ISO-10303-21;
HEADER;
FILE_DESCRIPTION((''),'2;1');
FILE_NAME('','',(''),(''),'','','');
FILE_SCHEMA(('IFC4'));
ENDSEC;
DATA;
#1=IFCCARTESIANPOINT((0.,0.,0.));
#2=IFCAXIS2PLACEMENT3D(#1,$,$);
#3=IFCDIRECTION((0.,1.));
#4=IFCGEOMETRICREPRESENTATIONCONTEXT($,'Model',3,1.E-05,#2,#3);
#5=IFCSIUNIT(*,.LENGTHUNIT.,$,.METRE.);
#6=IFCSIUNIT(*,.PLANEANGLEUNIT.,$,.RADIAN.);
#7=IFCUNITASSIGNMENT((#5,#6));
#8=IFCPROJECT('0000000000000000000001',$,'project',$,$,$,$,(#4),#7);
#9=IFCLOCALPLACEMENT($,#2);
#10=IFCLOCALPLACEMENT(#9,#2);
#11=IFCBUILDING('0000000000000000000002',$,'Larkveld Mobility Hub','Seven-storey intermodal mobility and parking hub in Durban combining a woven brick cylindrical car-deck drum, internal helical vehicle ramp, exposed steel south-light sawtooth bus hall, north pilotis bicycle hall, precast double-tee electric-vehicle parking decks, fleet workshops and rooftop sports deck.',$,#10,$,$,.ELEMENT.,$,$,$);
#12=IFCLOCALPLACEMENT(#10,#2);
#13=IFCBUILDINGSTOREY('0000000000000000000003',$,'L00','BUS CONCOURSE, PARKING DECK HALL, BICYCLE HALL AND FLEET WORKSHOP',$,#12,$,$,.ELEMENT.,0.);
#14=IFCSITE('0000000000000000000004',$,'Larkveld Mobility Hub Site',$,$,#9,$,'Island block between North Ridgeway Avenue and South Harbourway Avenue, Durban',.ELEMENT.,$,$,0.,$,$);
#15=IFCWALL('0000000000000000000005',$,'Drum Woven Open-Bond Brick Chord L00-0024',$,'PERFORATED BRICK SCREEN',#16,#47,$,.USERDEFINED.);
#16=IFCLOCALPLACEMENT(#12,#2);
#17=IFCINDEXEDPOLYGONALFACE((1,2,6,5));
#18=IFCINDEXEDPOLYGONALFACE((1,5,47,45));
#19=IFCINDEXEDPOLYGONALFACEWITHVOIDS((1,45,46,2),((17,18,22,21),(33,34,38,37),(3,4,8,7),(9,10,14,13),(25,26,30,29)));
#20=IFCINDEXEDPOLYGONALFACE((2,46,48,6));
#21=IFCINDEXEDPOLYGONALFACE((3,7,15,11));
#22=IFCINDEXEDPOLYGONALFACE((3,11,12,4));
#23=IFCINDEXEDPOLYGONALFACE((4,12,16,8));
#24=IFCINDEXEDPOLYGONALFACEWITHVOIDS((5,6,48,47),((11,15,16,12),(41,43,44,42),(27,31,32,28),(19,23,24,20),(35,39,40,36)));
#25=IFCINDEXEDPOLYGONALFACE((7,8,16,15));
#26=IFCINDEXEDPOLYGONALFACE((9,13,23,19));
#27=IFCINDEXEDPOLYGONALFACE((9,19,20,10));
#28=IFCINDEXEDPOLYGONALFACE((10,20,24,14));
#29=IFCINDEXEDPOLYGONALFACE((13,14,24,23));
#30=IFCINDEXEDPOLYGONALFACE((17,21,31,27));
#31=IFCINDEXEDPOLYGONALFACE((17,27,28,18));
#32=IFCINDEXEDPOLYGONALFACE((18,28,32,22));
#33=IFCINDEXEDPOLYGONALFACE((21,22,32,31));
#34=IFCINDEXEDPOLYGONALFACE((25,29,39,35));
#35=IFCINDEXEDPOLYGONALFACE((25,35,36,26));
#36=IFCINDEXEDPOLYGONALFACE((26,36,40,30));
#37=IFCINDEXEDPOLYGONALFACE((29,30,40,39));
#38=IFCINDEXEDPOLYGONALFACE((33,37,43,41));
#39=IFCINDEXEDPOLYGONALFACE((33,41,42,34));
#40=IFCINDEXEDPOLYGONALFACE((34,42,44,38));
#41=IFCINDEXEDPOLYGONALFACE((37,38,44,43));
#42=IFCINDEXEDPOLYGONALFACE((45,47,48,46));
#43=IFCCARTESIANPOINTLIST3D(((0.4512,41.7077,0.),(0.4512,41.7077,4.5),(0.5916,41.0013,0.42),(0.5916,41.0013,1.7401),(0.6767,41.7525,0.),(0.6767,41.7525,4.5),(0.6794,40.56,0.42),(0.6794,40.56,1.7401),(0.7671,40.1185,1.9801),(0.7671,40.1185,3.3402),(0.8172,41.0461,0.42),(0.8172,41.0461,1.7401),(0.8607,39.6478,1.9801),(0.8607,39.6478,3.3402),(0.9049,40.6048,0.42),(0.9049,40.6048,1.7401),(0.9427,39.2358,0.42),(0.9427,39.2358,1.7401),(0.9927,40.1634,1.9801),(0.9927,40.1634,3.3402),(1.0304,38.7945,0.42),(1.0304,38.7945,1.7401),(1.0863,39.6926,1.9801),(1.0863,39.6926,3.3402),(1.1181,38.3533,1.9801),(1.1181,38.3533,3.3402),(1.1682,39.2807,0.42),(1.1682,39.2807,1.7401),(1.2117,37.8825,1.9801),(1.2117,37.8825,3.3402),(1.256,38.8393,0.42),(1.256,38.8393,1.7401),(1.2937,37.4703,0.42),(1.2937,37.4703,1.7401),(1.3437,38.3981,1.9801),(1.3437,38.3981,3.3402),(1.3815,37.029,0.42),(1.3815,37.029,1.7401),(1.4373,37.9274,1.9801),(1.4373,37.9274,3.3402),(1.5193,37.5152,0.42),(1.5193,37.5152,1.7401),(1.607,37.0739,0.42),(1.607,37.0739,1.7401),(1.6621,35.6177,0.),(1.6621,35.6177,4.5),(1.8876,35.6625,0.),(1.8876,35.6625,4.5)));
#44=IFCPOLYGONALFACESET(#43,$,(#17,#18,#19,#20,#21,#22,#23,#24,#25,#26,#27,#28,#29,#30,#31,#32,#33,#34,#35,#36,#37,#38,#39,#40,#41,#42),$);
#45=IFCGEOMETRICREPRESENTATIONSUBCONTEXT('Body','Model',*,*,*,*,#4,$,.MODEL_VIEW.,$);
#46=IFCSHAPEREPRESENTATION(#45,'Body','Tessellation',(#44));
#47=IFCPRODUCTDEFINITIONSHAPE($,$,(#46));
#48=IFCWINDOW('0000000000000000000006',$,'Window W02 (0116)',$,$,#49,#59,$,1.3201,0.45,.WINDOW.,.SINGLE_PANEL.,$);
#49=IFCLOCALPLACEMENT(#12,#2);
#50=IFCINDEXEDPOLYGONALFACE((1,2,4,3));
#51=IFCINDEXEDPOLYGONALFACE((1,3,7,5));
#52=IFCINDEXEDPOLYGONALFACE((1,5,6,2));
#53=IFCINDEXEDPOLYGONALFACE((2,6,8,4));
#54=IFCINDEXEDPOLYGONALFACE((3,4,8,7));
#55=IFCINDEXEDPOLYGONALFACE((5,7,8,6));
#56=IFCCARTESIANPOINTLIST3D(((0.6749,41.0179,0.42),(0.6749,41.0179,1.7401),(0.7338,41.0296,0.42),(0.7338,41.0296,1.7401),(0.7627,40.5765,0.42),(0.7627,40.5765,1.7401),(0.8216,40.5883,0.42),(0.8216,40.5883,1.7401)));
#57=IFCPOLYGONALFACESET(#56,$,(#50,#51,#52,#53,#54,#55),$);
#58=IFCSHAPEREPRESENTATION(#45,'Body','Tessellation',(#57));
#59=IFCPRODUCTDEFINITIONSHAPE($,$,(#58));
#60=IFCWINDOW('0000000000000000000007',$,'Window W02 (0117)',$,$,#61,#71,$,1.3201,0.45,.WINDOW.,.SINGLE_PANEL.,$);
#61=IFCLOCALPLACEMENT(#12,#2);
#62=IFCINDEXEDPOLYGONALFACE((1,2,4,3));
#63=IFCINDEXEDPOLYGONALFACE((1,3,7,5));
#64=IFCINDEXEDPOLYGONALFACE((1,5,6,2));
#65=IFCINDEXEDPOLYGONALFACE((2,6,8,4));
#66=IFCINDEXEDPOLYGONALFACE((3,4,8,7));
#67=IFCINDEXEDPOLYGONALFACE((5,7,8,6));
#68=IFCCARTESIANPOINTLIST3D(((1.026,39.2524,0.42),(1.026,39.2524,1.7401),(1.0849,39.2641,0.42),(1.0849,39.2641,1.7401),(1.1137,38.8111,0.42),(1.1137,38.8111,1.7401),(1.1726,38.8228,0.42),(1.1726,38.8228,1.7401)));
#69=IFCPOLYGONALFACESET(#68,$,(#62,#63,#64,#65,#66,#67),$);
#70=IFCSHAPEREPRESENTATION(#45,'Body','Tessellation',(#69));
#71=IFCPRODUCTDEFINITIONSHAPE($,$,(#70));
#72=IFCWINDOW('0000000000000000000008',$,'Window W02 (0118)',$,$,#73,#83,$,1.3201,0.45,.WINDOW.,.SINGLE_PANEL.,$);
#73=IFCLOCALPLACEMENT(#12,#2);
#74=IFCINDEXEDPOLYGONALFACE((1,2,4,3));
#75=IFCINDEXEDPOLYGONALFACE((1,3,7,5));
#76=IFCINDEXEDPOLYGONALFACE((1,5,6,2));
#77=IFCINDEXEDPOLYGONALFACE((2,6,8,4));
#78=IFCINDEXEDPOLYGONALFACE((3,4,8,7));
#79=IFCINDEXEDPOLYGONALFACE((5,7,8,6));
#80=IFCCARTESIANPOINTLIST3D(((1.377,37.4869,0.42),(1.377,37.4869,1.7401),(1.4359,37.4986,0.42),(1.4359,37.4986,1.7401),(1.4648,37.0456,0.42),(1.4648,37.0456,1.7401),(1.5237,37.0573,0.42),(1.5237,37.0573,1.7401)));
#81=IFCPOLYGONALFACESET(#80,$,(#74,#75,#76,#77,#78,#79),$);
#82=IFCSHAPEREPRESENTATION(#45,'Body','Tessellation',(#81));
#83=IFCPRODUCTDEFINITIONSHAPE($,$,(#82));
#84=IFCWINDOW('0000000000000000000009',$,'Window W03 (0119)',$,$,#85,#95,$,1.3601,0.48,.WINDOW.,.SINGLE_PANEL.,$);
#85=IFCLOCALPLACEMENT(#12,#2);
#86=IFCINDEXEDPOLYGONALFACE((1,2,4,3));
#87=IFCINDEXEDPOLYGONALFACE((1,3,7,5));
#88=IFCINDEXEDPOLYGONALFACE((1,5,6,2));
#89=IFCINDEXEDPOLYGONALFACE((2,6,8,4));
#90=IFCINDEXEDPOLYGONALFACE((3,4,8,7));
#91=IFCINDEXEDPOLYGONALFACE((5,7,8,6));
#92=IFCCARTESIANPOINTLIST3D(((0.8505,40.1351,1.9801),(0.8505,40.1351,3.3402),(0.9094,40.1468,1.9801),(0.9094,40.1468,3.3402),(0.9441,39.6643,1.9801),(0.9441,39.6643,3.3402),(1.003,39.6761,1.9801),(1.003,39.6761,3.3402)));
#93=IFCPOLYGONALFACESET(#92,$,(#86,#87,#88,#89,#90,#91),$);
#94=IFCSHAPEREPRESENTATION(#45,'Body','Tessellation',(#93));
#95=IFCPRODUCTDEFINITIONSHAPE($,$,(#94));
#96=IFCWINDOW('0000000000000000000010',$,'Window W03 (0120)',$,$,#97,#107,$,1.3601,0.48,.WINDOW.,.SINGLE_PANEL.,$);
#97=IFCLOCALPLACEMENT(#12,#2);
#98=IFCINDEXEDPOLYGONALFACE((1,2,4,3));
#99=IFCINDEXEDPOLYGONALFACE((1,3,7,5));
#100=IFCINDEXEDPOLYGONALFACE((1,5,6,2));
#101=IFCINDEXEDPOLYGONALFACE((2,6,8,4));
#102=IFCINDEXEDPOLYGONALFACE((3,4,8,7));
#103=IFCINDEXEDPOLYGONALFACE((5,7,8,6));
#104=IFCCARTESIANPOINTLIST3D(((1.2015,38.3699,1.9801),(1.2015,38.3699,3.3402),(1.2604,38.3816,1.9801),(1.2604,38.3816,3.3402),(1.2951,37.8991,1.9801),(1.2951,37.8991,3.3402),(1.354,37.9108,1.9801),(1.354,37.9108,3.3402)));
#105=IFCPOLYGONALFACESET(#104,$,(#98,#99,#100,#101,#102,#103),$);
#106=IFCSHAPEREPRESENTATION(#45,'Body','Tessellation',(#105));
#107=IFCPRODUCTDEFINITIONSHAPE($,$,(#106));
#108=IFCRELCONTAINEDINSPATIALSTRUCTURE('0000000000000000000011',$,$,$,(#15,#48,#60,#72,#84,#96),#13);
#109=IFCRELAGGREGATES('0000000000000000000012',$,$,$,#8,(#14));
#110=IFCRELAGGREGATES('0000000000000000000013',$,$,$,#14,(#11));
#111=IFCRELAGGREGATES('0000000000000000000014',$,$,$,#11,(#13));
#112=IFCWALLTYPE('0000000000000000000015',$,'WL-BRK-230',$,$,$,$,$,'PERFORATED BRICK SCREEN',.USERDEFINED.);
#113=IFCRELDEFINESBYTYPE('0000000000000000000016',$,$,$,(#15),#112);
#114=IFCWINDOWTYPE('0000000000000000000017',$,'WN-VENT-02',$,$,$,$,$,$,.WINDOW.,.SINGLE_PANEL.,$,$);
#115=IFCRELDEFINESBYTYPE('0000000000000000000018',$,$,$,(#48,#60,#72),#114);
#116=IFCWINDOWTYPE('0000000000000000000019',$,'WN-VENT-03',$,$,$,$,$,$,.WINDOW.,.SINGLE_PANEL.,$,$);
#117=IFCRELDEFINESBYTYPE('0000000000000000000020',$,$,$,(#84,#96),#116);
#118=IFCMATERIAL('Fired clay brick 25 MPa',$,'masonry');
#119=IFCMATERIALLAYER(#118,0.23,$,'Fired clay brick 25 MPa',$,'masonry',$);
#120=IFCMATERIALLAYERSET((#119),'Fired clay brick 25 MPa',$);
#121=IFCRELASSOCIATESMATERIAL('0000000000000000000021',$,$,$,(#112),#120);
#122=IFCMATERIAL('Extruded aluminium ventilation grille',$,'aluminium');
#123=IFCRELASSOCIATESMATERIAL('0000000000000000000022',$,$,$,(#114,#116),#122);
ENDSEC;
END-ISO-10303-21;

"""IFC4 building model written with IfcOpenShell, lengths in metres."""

from ifc_helpers import new_model, si_unit, direction, frame, frame_2d, origin, place, context, subcontext, project, spatial, rectangle, extrude, material, layer, layer_set, type_object, element, fill, save


model = new_model("IFC4")

# Units and contexts
model_context = context("Model", 3, precision=1e-05, world=origin(), true_north=direction((0.0, 1.0)))
body_context = subcontext(model_context, "Body", "Model", "MODEL_VIEW")
ifc_project = project(units=[si_unit("LENGTHUNIT", "METRE"), si_unit("PLANEANGLEUNIT", "RADIAN")], contexts=[model_context])

# Site, building, storey
site_placement = place(None, origin())
site = spatial("IfcSite", under=ifc_project, at=site_placement, Name="Larkveld Mobility Hub Site", LongName="Island block between North Ridgeway Avenue and South Harbourway Avenue, Durban", CompositionType="ELEMENT", RefElevation=0.0)
building_placement = place(site_placement, origin())
building = spatial("IfcBuilding", under=site, at=building_placement, Name="Larkveld Mobility Hub", Description="Seven-storey intermodal mobility and parking hub in Durban combining a woven brick cylindrical car-deck drum, internal helical vehicle ramp, exposed steel south-light sawtooth bus hall, north pilotis bicycle hall, precast double-tee electric-vehicle parking decks, fleet workshops and rooftop sports deck.", CompositionType="ELEMENT")
storey_placement = place(building_placement, origin())
storey = spatial("IfcBuildingStorey", under=building, at=storey_placement, Name="L00", Description="BUS CONCOURSE, PARKING DECK HALL, BICYCLE HALL AND FLEET WORKSHOP", CompositionType="ELEMENT", Elevation=0.0)

# Wall, openings, windows
ifc_material_1 = material(Name="Fired clay brick 25 MPa", Category="masonry")
ifc_layer_1 = layer(ifc_material_1, 0.23, Name="Fired clay brick 25 MPa", Category="masonry")
ifc_layer_set_1 = layer_set([ifc_layer_1], Name="Fired clay brick 25 MPa")
wall_type_1 = type_object("IfcWallType", Name="WL-BRK-230", ElementType="PERFORATED BRICK SCREEN", PredefinedType="USERDEFINED", material=ifc_layer_set_1)
wall_1_placement = place(storey_placement, frame((0.564, 41.73, 0.0), z_axis=(0.0, 0.0, 1.0), x_axis=(0.19502, -0.980799, 0.0)))
wall_1 = element("IfcWall", 1, at=wall_1_placement, inside=storey, type_object=wall_type_1, Name="Drum Woven Open-Bond Brick Chord L00-0024", ObjectType="PERFORATED BRICK SCREEN", PredefinedType="USERDEFINED", context=body_context, shape_type="SweptSolid", body=[
    extrude(rectangle(XDim=6.2092, YDim=0.23, at=frame_2d((3.1045, 0.0))), origin(), (0.0, 0.0, 1.0), 4.5),
])
opening_1_placement = place(wall_1_placement, frame((0.72, 0.0, 0.4199)))
opening_1 = element("IfcOpeningElement", 2, at=opening_1_placement, cuts=wall_1, PredefinedType="OPENING", context=body_context, shape_type="SweptSolid", body=[
    extrude(rectangle(XDim=0.45, YDim=1.3201, at=frame_2d((0.2251, 0.6602))), frame((0.0, 0.125, 0.0), z_axis=(0.0, -1.0, 0.0), x_axis=(1.0, 0.0, 0.0)), (0.0, 0.0, 1.0), 0.25),
])
opening_2_placement = place(wall_1_placement, frame((2.52, 0.0, 0.4199)))
opening_2 = element("IfcOpeningElement", 3, at=opening_2_placement, cuts=wall_1, PredefinedType="OPENING", context=body_context, shape_type="SweptSolid", body=[
    extrude(rectangle(XDim=0.45, YDim=1.3201, at=frame_2d((0.2251, 0.6602))), frame((0.0, 0.125, 0.0), z_axis=(0.0, -1.0, 0.0), x_axis=(1.0, 0.0, 0.0)), (0.0, 0.0, 1.0), 0.25),
])
opening_3_placement = place(wall_1_placement, frame((4.3201, 0.0, 0.4199)))
opening_3 = element("IfcOpeningElement", 4, at=opening_3_placement, cuts=wall_1, PredefinedType="OPENING", context=body_context, shape_type="SweptSolid", body=[
    extrude(rectangle(XDim=0.45, YDim=1.3201, at=frame_2d((0.2251, 0.6602))), frame((0.0, 0.125, 0.0), z_axis=(0.0, -1.0, 0.0), x_axis=(1.0, 0.0, 0.0)), (0.0, 0.0, 1.0), 0.25),
])
opening_4_placement = place(wall_1_placement, frame((1.6201, 0.0, 1.98)))
opening_4 = element("IfcOpeningElement", 5, at=opening_4_placement, cuts=wall_1, PredefinedType="OPENING", context=body_context, shape_type="SweptSolid", body=[
    extrude(rectangle(XDim=0.48, YDim=1.3601, at=frame_2d((0.24, 0.6802))), frame((0.0, 0.125, 0.0), z_axis=(0.0, -1.0, 0.0), x_axis=(1.0, 0.0, 0.0)), (0.0, 0.0, 1.0), 0.25),
])
opening_5_placement = place(wall_1_placement, frame((3.4199, 0.0, 1.98)))
opening_5 = element("IfcOpeningElement", 6, at=opening_5_placement, cuts=wall_1, PredefinedType="OPENING", context=body_context, shape_type="SweptSolid", body=[
    extrude(rectangle(XDim=0.48, YDim=1.3601, at=frame_2d((0.24, 0.6802))), frame((0.0, 0.125, 0.0), z_axis=(0.0, -1.0, 0.0), x_axis=(1.0, 0.0, 0.0)), (0.0, 0.0, 1.0), 0.25),
])
ifc_material_2 = material(Name="Extruded aluminium ventilation grille", Category="aluminium")
window_type_1 = type_object("IfcWindowType", Name="WN-VENT-02", PartitioningType="SINGLE_PANEL", PredefinedType="WINDOW", material=ifc_material_2)
window_1_placement = place(opening_1_placement, origin())
window_1 = element("IfcWindow", 7, at=window_1_placement, inside=storey, type_object=window_type_1, Name="Window W02 (0116)", OverallHeight=1.3201, OverallWidth=0.45, PartitioningType="SINGLE_PANEL", PredefinedType="WINDOW", context=body_context, shape_type="SweptSolid", body=[
    extrude(rectangle(XDim=0.45, YDim=1.3201, at=frame_2d((0.2251, 0.6602))), frame((0.0, 0.03, 0.0), z_axis=(0.0, -1.0, 0.0), x_axis=(1.0, 0.0, 0.0)), (0.0, 0.0, 1.0), 0.0601),
])
fill(opening_1, window_1)
window_2_placement = place(opening_2_placement, origin())
window_2 = element("IfcWindow", 8, at=window_2_placement, inside=storey, type_object=window_type_1, Name="Window W02 (0117)", OverallHeight=1.3201, OverallWidth=0.45, PartitioningType="SINGLE_PANEL", PredefinedType="WINDOW", context=body_context, shape_type="SweptSolid", body=[
    extrude(rectangle(XDim=0.45, YDim=1.3201, at=frame_2d((0.2251, 0.6602))), frame((0.0, 0.03, 0.0), z_axis=(0.0, -1.0, 0.0), x_axis=(1.0, 0.0, 0.0)), (0.0, 0.0, 1.0), 0.0601),
])
fill(opening_2, window_2)
window_3_placement = place(opening_3_placement, origin())
window_3 = element("IfcWindow", 9, at=window_3_placement, inside=storey, type_object=window_type_1, Name="Window W02 (0118)", OverallHeight=1.3201, OverallWidth=0.45, PartitioningType="SINGLE_PANEL", PredefinedType="WINDOW", context=body_context, shape_type="SweptSolid", body=[
    extrude(rectangle(XDim=0.45, YDim=1.3201, at=frame_2d((0.2251, 0.6602))), frame((0.0, 0.03, 0.0), z_axis=(0.0, -1.0, 0.0), x_axis=(1.0, 0.0, 0.0)), (0.0, 0.0, 1.0), 0.0601),
])
fill(opening_3, window_3)
window_type_2 = type_object("IfcWindowType", Name="WN-VENT-03", PartitioningType="SINGLE_PANEL", PredefinedType="WINDOW", material=ifc_material_2)
window_4_placement = place(opening_4_placement, origin())
window_4 = element("IfcWindow", 10, at=window_4_placement, inside=storey, type_object=window_type_2, Name="Window W03 (0119)", OverallHeight=1.3601, OverallWidth=0.48, PartitioningType="SINGLE_PANEL", PredefinedType="WINDOW", context=body_context, shape_type="SweptSolid", body=[
    extrude(rectangle(XDim=0.48, YDim=1.3601, at=frame_2d((0.24, 0.6802))), frame((0.0, 0.03, 0.0), z_axis=(0.0, -1.0, 0.0), x_axis=(1.0, 0.0, 0.0)), (0.0, 0.0, 1.0), 0.0601),
])
fill(opening_4, window_4)
window_5_placement = place(opening_5_placement, origin())
window_5 = element("IfcWindow", 11, at=window_5_placement, inside=storey, type_object=window_type_2, Name="Window W03 (0120)", OverallHeight=1.3601, OverallWidth=0.48, PartitioningType="SINGLE_PANEL", PredefinedType="WINDOW", context=body_context, shape_type="SweptSolid", body=[
    extrude(rectangle(XDim=0.48, YDim=1.3601, at=frame_2d((0.24, 0.6802))), frame((0.0, 0.03, 0.0), z_axis=(0.0, -1.0, 0.0), x_axis=(1.0, 0.0, 0.0)), (0.0, 0.0, 1.0), 0.0601),
])
fill(opening_5, window_5)

save(model, "model.ifc")
